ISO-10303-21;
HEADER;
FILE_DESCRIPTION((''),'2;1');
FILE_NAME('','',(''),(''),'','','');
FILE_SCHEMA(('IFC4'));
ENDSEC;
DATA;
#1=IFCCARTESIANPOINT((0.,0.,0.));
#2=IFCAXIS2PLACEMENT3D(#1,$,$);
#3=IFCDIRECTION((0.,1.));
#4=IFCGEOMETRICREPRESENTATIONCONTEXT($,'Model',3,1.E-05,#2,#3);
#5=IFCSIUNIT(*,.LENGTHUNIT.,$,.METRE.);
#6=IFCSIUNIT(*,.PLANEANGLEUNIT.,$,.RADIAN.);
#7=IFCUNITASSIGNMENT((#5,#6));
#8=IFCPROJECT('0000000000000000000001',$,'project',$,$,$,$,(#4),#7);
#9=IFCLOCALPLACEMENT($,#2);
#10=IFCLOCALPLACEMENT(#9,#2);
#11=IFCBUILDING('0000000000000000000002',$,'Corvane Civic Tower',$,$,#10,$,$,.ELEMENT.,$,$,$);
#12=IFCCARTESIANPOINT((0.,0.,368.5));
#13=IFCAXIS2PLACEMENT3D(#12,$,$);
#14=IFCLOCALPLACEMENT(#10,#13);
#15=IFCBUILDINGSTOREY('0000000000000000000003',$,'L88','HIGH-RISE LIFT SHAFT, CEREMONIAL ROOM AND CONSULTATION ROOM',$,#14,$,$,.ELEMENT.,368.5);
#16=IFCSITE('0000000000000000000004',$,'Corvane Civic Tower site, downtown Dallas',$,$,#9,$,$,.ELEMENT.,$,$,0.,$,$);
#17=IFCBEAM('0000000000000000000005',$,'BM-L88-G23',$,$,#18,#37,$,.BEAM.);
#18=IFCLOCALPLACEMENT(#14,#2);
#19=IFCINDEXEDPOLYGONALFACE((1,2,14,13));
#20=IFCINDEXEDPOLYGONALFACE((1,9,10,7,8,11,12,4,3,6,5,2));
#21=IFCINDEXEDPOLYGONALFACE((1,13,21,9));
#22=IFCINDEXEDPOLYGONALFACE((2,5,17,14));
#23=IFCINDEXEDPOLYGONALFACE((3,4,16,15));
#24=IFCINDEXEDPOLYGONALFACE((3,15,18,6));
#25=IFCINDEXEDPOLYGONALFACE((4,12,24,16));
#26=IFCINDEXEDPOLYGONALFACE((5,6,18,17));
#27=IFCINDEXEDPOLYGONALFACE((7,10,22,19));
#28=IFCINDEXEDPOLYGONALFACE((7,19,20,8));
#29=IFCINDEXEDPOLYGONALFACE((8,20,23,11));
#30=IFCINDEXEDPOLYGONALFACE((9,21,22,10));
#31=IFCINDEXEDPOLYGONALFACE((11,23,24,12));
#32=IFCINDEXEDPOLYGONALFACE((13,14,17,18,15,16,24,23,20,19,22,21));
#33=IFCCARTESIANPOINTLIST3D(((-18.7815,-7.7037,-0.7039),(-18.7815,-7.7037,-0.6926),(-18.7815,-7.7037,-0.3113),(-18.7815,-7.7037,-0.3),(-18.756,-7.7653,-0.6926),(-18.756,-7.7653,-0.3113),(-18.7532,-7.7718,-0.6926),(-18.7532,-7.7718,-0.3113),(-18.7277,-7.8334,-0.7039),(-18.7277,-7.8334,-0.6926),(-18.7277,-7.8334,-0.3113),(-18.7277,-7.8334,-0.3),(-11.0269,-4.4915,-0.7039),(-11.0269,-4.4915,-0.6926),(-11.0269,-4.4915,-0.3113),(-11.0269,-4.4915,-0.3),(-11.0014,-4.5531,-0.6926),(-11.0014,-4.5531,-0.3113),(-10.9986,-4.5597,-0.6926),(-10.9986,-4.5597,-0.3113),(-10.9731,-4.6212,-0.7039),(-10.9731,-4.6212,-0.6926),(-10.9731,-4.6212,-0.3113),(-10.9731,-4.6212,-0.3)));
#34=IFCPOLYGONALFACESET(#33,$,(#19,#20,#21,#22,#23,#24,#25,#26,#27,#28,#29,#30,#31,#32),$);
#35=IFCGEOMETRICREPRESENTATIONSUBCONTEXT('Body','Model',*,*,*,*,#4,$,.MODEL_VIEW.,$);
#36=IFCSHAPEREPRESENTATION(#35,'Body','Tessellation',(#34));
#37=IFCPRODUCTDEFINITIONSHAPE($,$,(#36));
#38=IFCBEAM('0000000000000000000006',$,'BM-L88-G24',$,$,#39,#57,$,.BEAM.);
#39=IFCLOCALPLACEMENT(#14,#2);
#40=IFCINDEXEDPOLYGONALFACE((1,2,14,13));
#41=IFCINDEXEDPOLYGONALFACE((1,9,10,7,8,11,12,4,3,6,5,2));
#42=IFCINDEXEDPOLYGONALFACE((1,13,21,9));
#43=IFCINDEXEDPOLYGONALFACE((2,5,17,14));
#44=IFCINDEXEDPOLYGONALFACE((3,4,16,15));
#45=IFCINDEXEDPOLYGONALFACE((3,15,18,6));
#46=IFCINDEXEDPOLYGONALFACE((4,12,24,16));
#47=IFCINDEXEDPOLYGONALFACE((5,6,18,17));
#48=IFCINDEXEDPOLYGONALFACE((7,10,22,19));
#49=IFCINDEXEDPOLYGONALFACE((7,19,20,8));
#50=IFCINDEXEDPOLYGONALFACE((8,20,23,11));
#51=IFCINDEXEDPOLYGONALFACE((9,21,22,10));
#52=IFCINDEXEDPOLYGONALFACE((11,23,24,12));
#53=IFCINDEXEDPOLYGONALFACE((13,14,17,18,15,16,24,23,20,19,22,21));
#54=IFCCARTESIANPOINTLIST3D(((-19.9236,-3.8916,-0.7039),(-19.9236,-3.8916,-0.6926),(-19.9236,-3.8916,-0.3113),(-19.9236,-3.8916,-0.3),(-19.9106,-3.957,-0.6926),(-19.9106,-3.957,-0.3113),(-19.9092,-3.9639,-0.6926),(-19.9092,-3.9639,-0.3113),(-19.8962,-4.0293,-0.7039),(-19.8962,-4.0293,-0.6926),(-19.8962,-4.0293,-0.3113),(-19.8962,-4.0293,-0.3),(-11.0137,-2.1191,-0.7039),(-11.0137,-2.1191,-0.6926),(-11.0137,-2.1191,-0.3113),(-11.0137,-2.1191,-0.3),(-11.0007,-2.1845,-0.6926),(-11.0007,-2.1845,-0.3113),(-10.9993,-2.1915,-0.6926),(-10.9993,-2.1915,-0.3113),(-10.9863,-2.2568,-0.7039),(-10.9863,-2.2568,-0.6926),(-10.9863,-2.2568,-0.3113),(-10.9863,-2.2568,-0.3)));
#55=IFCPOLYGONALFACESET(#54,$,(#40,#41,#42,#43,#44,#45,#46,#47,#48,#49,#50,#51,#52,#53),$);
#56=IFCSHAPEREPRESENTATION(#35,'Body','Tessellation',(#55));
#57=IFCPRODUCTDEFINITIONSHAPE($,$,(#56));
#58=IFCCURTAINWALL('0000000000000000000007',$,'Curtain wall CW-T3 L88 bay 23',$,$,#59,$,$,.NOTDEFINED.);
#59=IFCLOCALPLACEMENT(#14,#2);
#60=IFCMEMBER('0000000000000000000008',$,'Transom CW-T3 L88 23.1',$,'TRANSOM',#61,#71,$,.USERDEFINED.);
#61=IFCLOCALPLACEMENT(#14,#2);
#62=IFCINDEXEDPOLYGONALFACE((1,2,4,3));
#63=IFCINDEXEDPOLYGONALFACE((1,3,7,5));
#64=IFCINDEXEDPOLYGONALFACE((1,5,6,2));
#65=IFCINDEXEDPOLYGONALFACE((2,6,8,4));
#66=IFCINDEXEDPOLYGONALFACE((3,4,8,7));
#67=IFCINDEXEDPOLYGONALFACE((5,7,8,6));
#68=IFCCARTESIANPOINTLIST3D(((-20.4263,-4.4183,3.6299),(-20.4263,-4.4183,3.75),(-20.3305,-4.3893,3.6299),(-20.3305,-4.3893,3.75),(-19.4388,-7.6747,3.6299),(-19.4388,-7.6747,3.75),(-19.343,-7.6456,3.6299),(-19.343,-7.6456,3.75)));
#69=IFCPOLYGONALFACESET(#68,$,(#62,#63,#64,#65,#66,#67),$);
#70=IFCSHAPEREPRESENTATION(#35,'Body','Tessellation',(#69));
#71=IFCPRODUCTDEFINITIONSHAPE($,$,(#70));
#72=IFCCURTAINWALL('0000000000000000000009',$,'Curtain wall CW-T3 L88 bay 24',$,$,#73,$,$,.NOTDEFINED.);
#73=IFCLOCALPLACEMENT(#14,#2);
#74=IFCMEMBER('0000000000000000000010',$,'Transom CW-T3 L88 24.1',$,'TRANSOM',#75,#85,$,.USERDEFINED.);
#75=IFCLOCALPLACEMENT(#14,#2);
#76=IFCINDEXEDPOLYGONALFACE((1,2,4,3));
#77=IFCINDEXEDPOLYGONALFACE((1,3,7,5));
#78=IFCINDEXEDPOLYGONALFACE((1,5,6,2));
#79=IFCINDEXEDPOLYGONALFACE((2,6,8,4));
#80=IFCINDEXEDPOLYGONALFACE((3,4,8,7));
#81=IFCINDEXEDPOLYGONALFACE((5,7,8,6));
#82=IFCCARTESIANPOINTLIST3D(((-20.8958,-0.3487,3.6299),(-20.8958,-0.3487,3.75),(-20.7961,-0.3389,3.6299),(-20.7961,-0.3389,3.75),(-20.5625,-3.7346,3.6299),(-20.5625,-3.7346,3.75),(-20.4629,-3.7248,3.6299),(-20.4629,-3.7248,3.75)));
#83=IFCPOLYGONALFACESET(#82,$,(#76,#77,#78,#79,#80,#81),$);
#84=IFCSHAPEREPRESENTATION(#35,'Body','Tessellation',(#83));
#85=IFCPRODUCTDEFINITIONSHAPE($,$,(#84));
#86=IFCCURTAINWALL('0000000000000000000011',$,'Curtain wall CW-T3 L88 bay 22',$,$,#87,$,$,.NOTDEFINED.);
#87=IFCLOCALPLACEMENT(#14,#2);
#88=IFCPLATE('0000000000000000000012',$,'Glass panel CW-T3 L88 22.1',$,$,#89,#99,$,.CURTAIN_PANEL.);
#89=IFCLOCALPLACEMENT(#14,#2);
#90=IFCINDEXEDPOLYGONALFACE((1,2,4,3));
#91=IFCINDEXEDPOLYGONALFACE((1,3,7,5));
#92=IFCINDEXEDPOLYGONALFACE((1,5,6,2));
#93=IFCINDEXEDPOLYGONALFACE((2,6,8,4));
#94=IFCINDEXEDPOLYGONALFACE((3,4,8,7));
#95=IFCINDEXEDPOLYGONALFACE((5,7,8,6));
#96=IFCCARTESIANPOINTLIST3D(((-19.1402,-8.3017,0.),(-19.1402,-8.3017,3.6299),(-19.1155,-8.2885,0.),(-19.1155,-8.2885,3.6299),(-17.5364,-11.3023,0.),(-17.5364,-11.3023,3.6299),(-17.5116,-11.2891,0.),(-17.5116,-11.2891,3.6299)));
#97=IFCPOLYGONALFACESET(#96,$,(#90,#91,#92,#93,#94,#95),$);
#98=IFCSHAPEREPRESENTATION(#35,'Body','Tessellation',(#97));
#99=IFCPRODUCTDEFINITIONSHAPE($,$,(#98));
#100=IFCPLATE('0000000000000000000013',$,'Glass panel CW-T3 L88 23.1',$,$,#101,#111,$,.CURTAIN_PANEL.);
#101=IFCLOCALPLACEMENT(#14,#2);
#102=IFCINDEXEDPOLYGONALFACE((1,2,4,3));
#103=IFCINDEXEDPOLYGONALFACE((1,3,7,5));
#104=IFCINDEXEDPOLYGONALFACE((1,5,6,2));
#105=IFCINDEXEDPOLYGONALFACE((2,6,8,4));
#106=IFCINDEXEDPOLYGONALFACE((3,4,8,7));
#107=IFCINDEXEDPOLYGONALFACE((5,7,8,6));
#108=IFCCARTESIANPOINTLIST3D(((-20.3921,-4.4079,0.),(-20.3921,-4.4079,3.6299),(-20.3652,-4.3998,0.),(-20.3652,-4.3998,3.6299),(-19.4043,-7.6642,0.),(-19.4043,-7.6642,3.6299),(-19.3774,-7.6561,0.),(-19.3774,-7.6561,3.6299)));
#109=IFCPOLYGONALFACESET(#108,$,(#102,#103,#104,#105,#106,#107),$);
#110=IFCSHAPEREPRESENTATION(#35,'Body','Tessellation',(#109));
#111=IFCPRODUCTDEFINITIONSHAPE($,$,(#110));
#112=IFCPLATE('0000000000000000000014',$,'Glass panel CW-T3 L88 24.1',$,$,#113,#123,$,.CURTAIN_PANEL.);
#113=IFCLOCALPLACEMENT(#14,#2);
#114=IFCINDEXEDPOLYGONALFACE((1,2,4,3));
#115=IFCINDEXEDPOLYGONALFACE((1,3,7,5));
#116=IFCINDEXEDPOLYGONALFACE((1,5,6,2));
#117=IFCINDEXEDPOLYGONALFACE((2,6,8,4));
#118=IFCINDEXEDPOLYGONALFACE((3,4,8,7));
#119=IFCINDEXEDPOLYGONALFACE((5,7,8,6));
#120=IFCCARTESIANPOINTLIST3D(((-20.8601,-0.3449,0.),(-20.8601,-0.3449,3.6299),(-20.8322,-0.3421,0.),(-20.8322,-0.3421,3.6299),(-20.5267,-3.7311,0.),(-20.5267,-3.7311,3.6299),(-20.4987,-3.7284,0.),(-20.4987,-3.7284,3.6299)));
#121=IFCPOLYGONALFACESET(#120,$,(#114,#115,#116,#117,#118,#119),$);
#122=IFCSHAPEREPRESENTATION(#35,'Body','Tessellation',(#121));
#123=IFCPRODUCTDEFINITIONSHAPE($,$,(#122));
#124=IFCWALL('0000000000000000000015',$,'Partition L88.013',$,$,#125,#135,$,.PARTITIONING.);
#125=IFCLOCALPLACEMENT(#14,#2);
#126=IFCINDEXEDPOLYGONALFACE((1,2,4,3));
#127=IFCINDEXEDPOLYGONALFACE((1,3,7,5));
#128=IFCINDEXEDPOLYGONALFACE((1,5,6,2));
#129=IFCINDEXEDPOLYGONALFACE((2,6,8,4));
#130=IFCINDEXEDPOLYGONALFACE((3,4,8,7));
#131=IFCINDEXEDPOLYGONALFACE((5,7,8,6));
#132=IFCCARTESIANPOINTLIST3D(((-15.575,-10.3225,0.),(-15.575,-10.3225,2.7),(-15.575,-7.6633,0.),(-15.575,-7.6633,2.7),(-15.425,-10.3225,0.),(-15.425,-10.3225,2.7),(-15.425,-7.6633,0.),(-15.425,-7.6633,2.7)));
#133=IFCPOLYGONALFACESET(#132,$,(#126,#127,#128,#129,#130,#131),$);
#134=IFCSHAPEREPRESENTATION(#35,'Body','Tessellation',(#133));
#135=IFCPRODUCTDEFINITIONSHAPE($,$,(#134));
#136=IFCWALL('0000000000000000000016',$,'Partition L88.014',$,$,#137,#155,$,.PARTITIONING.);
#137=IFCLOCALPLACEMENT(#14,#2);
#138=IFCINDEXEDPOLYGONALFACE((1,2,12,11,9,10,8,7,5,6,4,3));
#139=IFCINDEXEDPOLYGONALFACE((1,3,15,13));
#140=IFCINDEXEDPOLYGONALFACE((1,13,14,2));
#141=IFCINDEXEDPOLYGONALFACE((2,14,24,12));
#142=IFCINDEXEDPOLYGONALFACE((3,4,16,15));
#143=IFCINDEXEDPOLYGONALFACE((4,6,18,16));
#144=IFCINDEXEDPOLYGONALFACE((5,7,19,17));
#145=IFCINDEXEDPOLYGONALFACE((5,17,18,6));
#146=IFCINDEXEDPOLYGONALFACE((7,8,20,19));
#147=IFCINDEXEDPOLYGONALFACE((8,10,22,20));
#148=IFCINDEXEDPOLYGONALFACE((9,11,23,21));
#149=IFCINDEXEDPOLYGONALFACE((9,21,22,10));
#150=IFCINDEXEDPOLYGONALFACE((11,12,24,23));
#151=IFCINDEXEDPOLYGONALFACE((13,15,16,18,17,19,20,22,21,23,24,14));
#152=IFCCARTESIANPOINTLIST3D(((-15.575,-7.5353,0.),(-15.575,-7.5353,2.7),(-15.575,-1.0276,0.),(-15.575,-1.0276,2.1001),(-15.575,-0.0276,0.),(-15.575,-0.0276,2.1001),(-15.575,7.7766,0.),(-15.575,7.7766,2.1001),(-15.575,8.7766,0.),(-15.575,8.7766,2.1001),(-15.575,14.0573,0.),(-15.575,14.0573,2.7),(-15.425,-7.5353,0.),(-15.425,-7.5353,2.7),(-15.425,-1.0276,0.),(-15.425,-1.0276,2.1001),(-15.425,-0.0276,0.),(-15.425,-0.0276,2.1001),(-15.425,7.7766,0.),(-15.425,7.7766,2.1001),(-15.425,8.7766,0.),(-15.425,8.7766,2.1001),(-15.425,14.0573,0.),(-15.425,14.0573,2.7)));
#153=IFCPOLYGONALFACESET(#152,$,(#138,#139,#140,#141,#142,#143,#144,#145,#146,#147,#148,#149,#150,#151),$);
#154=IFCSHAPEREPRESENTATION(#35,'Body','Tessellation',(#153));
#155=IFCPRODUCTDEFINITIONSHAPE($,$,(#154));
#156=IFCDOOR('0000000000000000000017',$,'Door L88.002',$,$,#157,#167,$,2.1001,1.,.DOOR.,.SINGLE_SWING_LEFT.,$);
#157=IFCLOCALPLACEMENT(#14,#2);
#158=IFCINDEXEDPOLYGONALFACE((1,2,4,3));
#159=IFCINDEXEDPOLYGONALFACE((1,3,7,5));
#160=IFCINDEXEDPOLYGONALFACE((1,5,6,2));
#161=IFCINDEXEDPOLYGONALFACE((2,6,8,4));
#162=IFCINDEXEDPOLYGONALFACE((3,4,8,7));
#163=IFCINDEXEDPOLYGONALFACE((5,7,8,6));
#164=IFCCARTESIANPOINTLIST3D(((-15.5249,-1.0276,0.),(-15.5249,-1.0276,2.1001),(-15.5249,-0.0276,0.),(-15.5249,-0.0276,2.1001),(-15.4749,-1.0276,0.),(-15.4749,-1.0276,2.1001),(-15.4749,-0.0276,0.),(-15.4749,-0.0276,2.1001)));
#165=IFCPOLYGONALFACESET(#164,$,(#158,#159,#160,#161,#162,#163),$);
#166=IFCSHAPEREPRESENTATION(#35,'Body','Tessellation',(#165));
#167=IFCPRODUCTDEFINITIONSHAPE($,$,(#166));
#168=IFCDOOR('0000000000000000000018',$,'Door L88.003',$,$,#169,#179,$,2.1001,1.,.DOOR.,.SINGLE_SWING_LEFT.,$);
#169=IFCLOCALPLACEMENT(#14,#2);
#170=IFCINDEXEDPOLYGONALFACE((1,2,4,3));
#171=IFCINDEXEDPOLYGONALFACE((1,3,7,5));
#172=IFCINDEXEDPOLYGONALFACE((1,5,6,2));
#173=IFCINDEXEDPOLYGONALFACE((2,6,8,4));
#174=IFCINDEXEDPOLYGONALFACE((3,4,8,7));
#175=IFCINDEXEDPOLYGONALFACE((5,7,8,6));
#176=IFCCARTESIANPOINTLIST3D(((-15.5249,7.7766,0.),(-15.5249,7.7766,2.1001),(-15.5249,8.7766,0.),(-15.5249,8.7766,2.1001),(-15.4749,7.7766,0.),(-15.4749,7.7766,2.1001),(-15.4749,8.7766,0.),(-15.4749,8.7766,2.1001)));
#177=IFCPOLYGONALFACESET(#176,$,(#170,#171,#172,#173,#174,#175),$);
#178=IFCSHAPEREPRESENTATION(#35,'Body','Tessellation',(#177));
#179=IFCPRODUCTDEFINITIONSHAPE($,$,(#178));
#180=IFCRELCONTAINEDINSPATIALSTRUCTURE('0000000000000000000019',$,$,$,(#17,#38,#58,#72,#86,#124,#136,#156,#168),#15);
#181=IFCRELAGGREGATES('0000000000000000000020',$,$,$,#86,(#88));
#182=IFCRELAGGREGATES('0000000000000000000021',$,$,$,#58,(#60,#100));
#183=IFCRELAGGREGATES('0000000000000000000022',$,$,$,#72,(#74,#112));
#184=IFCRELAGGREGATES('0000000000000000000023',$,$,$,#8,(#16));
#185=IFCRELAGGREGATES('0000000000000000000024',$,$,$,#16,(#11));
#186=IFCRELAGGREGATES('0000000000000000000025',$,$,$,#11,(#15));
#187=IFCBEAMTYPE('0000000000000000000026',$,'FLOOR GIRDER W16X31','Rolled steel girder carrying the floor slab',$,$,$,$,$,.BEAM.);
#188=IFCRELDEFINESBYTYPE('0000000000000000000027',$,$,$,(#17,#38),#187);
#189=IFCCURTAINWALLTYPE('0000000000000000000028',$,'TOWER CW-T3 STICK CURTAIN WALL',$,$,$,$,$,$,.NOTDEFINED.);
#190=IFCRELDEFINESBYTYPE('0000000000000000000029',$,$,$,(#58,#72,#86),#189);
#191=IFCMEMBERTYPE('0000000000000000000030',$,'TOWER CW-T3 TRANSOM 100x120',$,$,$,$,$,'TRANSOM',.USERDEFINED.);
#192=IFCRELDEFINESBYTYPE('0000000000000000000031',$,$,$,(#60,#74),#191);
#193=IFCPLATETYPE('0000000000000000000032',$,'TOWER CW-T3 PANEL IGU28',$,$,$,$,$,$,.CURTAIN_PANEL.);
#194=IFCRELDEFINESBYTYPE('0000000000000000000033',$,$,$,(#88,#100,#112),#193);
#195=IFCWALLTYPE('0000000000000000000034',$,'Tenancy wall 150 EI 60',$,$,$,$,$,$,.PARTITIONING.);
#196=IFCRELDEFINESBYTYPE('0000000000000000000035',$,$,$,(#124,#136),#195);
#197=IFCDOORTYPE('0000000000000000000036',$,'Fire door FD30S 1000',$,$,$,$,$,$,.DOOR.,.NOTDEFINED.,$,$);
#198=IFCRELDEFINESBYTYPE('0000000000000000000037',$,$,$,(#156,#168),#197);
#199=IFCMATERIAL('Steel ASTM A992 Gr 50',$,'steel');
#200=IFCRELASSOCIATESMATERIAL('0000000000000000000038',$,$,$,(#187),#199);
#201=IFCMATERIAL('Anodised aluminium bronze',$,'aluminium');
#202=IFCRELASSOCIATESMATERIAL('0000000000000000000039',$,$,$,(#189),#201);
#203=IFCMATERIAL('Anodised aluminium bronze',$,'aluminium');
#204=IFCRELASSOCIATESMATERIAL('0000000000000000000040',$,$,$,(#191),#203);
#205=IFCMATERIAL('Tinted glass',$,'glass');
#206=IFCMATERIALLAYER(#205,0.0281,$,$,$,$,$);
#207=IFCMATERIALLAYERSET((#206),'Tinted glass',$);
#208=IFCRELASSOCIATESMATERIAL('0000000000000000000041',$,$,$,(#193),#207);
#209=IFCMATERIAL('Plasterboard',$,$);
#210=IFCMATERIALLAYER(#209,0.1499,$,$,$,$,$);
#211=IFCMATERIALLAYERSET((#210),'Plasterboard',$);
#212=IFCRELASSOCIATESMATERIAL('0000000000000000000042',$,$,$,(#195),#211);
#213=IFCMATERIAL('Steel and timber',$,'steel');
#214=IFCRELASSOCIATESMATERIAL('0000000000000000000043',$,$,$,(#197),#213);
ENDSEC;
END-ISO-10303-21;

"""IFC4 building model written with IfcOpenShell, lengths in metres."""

from ifc_helpers import new_model, si_unit, direction, frame, frame_2d, origin, origin_2d, place, context, subcontext, project, spatial, rectangle, i_section, extrude, material, layer, layer_set, material_profile, profile_set, type_object, element, fill, aggregate, save


model = new_model("IFC4")

# Units and contexts
model_context = context("Model", 3, precision=1e-05, world=origin(), true_north=direction((0.0, 1.0)))
body_context = subcontext(model_context, "Body", "Model", "MODEL_VIEW")
ifc_project = project(units=[si_unit("LENGTHUNIT", "METRE"), si_unit("PLANEANGLEUNIT", "RADIAN")], contexts=[model_context])

# Site, building, storey
site_placement = place(None, origin())
site = spatial("IfcSite", under=ifc_project, at=site_placement, Name="Corvane Civic Tower site, downtown Dallas", CompositionType="ELEMENT", RefElevation=0.0)
building_placement = place(site_placement, origin())
building = spatial("IfcBuilding", under=site, at=building_placement, Name="Corvane Civic Tower", CompositionType="ELEMENT")
storey_placement = place(building_placement, frame((0.0, 0.0, 368.5)))
storey = spatial("IfcBuildingStorey", under=building, at=storey_placement, Name="L88", Description="HIGH-RISE LIFT SHAFT, CEREMONIAL ROOM AND CONSULTATION ROOM", CompositionType="ELEMENT", Elevation=368.5)

# Beams
ifc_material_1 = material(Name="Steel ASTM A992 Gr 50", Category="steel")
ifc_material_profile_1 = material_profile(ifc_material_1, i_section(OverallWidth=0.1404, OverallDepth=0.4038, WebThickness=0.0071, FlangeThickness=0.0112, at=origin_2d()), Name="W16X31")
ifc_profile_set_1 = profile_set([ifc_material_profile_1], Name="Steel ASTM A992 Gr 50")
beam_type_1 = type_object("IfcBeamType", Name="FLOOR GIRDER W16X31", Description="Rolled steel girder carrying the floor slab", PredefinedType="BEAM", material=ifc_profile_set_1)
beam_1_placement = place(storey_placement, frame((-11.0, -4.5564, -0.502), z_axis=(-0.923876, -0.382692, 0.0), x_axis=(0.382692, -0.923876, 0.0)))
element("IfcBeam", 1, at=beam_1_placement, inside=storey, type_object=beam_type_1, Name="BM-L88-G23", PredefinedType="BEAM", context=body_context, shape_type="SweptSolid", body=[
    extrude(i_section(OverallWidth=0.1404, OverallDepth=0.4038, WebThickness=0.0071, FlangeThickness=0.0112, at=origin_2d()), origin(), (0.0, 0.0, 1.0), 8.3936),
])
beam_2_placement = place(storey_placement, frame((-11.0, -2.188, -0.502), z_axis=(-0.980782, -0.195108, 0.0), x_axis=(0.195108, -0.980782, 0.0)))
element("IfcBeam", 2, at=beam_2_placement, inside=storey, type_object=beam_type_1, Name="BM-L88-G24", PredefinedType="BEAM", context=body_context, shape_type="SweptSolid", body=[
    extrude(i_section(OverallWidth=0.1404, OverallDepth=0.4038, WebThickness=0.0071, FlangeThickness=0.0112, at=origin_2d()), origin(), (0.0, 0.0, 1.0), 9.0845),
])

# Curtain walls, members
ifc_material_2 = material(Name="Anodised aluminium bronze", Category="aluminium")
curtain_wall_type = type_object("IfcCurtainWallType", Name="TOWER CW-T3 STICK CURTAIN WALL", PredefinedType="NOTDEFINED", material=ifc_material_2)
curtain_wall_1_placement = place(storey_placement, origin())
curtain_wall_1 = element("IfcCurtainWall", 3, at=curtain_wall_1_placement, inside=storey, type_object=curtain_wall_type, Name="Curtain wall CW-T3 L88 bay 23", PredefinedType="NOTDEFINED")
ifc_material_3 = material(Name="Anodised aluminium bronze", Category="aluminium")
ifc_material_profile_2 = material_profile(ifc_material_3, rectangle(XDim=0.1001, YDim=0.1201, at=origin_2d()), Name="TOWER CW-T3 TRANSOM 100x120")
ifc_profile_set_2 = profile_set([ifc_material_profile_2], Name="Anodised aluminium bronze")
member_type = type_object("IfcMemberType", Name="TOWER CW-T3 TRANSOM 100x120", ElementType="TRANSOM", PredefinedType="USERDEFINED", material=ifc_profile_set_2)
member_1_placement = place(storey_placement, frame((-19.3909, -7.6602, 3.6899), z_axis=(-0.290216, 0.956961, 0.0), x_axis=(-0.956961, -0.290216, 0.0)))
member_1 = element("IfcMember", 4, at=member_1_placement, type_object=member_type, Name="Transom CW-T3 L88 23.1", ObjectType="TRANSOM", PredefinedType="USERDEFINED", context=body_context, shape_type="SweptSolid", body=[
    extrude(rectangle(XDim=0.1001, YDim=0.1201, at=origin_2d()), origin(), (0.0, 0.0, 1.0), 3.4028),
])
curtain_wall_2_placement = place(storey_placement, origin())
curtain_wall_2 = element("IfcCurtainWall", 5, at=curtain_wall_2_placement, inside=storey, type_object=curtain_wall_type, Name="Curtain wall CW-T3 L88 bay 24", PredefinedType="NOTDEFINED")
member_2_placement = place(storey_placement, frame((-20.5127, -3.7297, 3.6899), z_axis=(-0.097948, 0.995192, 0.0), x_axis=(-0.995192, -0.097948, 0.0)))
member_2 = element("IfcMember", 6, at=member_2_placement, type_object=member_type, Name="Transom CW-T3 L88 24.1", ObjectType="TRANSOM", PredefinedType="USERDEFINED", context=body_context, shape_type="SweptSolid", body=[
    extrude(rectangle(XDim=0.1001, YDim=0.1201, at=origin_2d()), origin(), (0.0, 0.0, 1.0), 3.4023),
])

# Curtain wall, plate
curtain_wall_3_placement = place(storey_placement, origin())
curtain_wall_3 = element("IfcCurtainWall", 7, at=curtain_wall_3_placement, inside=storey, type_object=curtain_wall_type, Name="Curtain wall CW-T3 L88 bay 22", PredefinedType="NOTDEFINED")
ifc_material_4 = material(Name="Tinted glass", Category="glass")
ifc_layer_1 = layer(ifc_material_4, 0.0281)
ifc_layer_set_1 = layer_set([ifc_layer_1], Name="Tinted glass")
plate_type = type_object("IfcPlateType", Name="TOWER CW-T3 PANEL IGU28", PredefinedType="CURTAIN_PANEL", material=ifc_layer_set_1)
plate_1_placement = place(storey_placement, frame((-18.3259, -9.7954, 0.0), z_axis=(0.0, 0.0, 1.0), x_axis=(-0.471384, 0.881928, 0.0)))
plate_1 = element("IfcPlate", 8, at=plate_1_placement, type_object=plate_type, Name="Glass panel CW-T3 L88 22.1", PredefinedType="CURTAIN_PANEL", context=body_context, shape_type="SweptSolid", body=[
    extrude(rectangle(XDim=3.4023, YDim=0.0281, at=origin_2d()), origin(), (0.0, 0.0, 1.0), 3.6299),
])
aggregate(curtain_wall_3, [plate_1])

# Plates
plate_2_placement = place(storey_placement, frame((-19.8848, -6.032, 0.0), z_axis=(0.0, 0.0, 1.0), x_axis=(-0.29029, 0.956939, 0.0)))
plate_2 = element("IfcPlate", 9, at=plate_2_placement, type_object=plate_type, Name="Glass panel CW-T3 L88 23.1", PredefinedType="CURTAIN_PANEL", context=body_context, shape_type="SweptSolid", body=[
    extrude(rectangle(XDim=3.4028, YDim=0.0281, at=origin_2d()), origin(), (0.0, 0.0, 1.0), 3.6299),
])
aggregate(curtain_wall_1, [member_1, plate_2])
plate_3_placement = place(storey_placement, frame((-20.6794, -2.0366, 0.0), z_axis=(0.0, 0.0, 1.0), x_axis=(-0.097998, 0.995187, 0.0)))
plate_3 = element("IfcPlate", 10, at=plate_3_placement, type_object=plate_type, Name="Glass panel CW-T3 L88 24.1", PredefinedType="CURTAIN_PANEL", context=body_context, shape_type="SweptSolid", body=[
    extrude(rectangle(XDim=3.4026, YDim=0.0281, at=origin_2d()), origin(), (0.0, 0.0, 1.0), 3.6299),
])
aggregate(curtain_wall_2, [member_2, plate_3])

# Wall
ifc_material_5 = material(Name="Plasterboard")
ifc_layer_2 = layer(ifc_material_5, 0.1499)
ifc_layer_set_2 = layer_set([ifc_layer_2], Name="Plasterboard")
wall_type = type_object("IfcWallType", Name="Tenancy wall 150 EI 60", PredefinedType="PARTITIONING", material=ifc_layer_set_2)
wall_1_placement = place(storey_placement, frame((-15.5, -10.3225, 0.0), z_axis=(0.0, 0.0, 1.0), x_axis=(0.0, 1.0, 0.0)))
element("IfcWall", 11, at=wall_1_placement, inside=storey, type_object=wall_type, Name="Partition L88.013", PredefinedType="PARTITIONING", context=body_context, shape_type="SweptSolid", body=[
    extrude(rectangle(XDim=2.6592, YDim=0.1499, at=frame_2d((1.3296, 0.0))), origin(), (0.0, 0.0, 1.0), 2.7),
])

# Wall, openings, doors
wall_2_placement = place(storey_placement, frame((-15.5, -7.5354, 0.0), z_axis=(0.0, 0.0, 1.0), x_axis=(0.0, 1.0, 0.0)))
wall_2 = element("IfcWall", 12, at=wall_2_placement, inside=storey, type_object=wall_type, Name="Partition L88.014", PredefinedType="PARTITIONING", context=body_context, shape_type="SweptSolid", body=[
    extrude(rectangle(XDim=21.5925, YDim=0.1499, at=frame_2d((10.7964, 0.0))), origin(), (0.0, 0.0, 1.0), 2.7),
])
opening_1_placement = place(wall_2_placement, frame((6.5078, 0.0, 0.0)))
opening_1 = element("IfcOpeningElement", 13, at=opening_1_placement, cuts=wall_2, PredefinedType="OPENING", context=body_context, shape_type="SweptSolid", body=[
    extrude(rectangle(XDim=1.0, YDim=2.1001, at=frame_2d((0.5, 1.05))), frame((0.0, 0.085, 0.0), z_axis=(0.0, -1.0, 0.0), x_axis=(1.0, 0.0, 0.0)), (0.0, 0.0, 1.0), 0.1699),
])
opening_2_placement = place(wall_2_placement, frame((15.312, 0.0, 0.0)))
opening_2 = element("IfcOpeningElement", 14, at=opening_2_placement, cuts=wall_2, PredefinedType="OPENING", context=body_context, shape_type="SweptSolid", body=[
    extrude(rectangle(XDim=1.0, YDim=2.1001, at=frame_2d((0.5, 1.05))), frame((0.0, 0.085, 0.0), z_axis=(0.0, -1.0, 0.0), x_axis=(1.0, 0.0, 0.0)), (0.0, 0.0, 1.0), 0.1699),
])
ifc_material_6 = material(Name="Steel and timber", Category="steel")
door_type = type_object("IfcDoorType", Name="Fire door FD30S 1000", OperationType="NOTDEFINED", PredefinedType="DOOR", material=ifc_material_6)
door_1_placement = place(opening_1_placement, origin())
door_1 = element("IfcDoor", 15, at=door_1_placement, inside=storey, type_object=door_type, Name="Door L88.002", OperationType="SINGLE_SWING_LEFT", OverallHeight=2.1001, OverallWidth=1.0, PredefinedType="DOOR", context=body_context, shape_type="SweptSolid", body=[
    extrude(rectangle(XDim=1.0, YDim=2.1001, at=frame_2d((0.5, 1.05))), frame((0.0, 0.0249, 0.0), z_axis=(0.0, -1.0, 0.0), x_axis=(1.0, 0.0, 0.0)), (0.0, 0.0, 1.0), 0.05),
])
fill(opening_1, door_1)
door_2_placement = place(opening_2_placement, origin())
door_2 = element("IfcDoor", 16, at=door_2_placement, inside=storey, type_object=door_type, Name="Door L88.003", OperationType="SINGLE_SWING_LEFT", OverallHeight=2.1001, OverallWidth=1.0, PredefinedType="DOOR", context=body_context, shape_type="SweptSolid", body=[
    extrude(rectangle(XDim=1.0, YDim=2.1001, at=frame_2d((0.5, 1.05))), frame((0.0, 0.0249, 0.0), z_axis=(0.0, -1.0, 0.0), x_axis=(1.0, 0.0, 0.0)), (0.0, 0.0, 1.0), 0.05),
])
fill(opening_2, door_2)

save(model, "model.ifc")
